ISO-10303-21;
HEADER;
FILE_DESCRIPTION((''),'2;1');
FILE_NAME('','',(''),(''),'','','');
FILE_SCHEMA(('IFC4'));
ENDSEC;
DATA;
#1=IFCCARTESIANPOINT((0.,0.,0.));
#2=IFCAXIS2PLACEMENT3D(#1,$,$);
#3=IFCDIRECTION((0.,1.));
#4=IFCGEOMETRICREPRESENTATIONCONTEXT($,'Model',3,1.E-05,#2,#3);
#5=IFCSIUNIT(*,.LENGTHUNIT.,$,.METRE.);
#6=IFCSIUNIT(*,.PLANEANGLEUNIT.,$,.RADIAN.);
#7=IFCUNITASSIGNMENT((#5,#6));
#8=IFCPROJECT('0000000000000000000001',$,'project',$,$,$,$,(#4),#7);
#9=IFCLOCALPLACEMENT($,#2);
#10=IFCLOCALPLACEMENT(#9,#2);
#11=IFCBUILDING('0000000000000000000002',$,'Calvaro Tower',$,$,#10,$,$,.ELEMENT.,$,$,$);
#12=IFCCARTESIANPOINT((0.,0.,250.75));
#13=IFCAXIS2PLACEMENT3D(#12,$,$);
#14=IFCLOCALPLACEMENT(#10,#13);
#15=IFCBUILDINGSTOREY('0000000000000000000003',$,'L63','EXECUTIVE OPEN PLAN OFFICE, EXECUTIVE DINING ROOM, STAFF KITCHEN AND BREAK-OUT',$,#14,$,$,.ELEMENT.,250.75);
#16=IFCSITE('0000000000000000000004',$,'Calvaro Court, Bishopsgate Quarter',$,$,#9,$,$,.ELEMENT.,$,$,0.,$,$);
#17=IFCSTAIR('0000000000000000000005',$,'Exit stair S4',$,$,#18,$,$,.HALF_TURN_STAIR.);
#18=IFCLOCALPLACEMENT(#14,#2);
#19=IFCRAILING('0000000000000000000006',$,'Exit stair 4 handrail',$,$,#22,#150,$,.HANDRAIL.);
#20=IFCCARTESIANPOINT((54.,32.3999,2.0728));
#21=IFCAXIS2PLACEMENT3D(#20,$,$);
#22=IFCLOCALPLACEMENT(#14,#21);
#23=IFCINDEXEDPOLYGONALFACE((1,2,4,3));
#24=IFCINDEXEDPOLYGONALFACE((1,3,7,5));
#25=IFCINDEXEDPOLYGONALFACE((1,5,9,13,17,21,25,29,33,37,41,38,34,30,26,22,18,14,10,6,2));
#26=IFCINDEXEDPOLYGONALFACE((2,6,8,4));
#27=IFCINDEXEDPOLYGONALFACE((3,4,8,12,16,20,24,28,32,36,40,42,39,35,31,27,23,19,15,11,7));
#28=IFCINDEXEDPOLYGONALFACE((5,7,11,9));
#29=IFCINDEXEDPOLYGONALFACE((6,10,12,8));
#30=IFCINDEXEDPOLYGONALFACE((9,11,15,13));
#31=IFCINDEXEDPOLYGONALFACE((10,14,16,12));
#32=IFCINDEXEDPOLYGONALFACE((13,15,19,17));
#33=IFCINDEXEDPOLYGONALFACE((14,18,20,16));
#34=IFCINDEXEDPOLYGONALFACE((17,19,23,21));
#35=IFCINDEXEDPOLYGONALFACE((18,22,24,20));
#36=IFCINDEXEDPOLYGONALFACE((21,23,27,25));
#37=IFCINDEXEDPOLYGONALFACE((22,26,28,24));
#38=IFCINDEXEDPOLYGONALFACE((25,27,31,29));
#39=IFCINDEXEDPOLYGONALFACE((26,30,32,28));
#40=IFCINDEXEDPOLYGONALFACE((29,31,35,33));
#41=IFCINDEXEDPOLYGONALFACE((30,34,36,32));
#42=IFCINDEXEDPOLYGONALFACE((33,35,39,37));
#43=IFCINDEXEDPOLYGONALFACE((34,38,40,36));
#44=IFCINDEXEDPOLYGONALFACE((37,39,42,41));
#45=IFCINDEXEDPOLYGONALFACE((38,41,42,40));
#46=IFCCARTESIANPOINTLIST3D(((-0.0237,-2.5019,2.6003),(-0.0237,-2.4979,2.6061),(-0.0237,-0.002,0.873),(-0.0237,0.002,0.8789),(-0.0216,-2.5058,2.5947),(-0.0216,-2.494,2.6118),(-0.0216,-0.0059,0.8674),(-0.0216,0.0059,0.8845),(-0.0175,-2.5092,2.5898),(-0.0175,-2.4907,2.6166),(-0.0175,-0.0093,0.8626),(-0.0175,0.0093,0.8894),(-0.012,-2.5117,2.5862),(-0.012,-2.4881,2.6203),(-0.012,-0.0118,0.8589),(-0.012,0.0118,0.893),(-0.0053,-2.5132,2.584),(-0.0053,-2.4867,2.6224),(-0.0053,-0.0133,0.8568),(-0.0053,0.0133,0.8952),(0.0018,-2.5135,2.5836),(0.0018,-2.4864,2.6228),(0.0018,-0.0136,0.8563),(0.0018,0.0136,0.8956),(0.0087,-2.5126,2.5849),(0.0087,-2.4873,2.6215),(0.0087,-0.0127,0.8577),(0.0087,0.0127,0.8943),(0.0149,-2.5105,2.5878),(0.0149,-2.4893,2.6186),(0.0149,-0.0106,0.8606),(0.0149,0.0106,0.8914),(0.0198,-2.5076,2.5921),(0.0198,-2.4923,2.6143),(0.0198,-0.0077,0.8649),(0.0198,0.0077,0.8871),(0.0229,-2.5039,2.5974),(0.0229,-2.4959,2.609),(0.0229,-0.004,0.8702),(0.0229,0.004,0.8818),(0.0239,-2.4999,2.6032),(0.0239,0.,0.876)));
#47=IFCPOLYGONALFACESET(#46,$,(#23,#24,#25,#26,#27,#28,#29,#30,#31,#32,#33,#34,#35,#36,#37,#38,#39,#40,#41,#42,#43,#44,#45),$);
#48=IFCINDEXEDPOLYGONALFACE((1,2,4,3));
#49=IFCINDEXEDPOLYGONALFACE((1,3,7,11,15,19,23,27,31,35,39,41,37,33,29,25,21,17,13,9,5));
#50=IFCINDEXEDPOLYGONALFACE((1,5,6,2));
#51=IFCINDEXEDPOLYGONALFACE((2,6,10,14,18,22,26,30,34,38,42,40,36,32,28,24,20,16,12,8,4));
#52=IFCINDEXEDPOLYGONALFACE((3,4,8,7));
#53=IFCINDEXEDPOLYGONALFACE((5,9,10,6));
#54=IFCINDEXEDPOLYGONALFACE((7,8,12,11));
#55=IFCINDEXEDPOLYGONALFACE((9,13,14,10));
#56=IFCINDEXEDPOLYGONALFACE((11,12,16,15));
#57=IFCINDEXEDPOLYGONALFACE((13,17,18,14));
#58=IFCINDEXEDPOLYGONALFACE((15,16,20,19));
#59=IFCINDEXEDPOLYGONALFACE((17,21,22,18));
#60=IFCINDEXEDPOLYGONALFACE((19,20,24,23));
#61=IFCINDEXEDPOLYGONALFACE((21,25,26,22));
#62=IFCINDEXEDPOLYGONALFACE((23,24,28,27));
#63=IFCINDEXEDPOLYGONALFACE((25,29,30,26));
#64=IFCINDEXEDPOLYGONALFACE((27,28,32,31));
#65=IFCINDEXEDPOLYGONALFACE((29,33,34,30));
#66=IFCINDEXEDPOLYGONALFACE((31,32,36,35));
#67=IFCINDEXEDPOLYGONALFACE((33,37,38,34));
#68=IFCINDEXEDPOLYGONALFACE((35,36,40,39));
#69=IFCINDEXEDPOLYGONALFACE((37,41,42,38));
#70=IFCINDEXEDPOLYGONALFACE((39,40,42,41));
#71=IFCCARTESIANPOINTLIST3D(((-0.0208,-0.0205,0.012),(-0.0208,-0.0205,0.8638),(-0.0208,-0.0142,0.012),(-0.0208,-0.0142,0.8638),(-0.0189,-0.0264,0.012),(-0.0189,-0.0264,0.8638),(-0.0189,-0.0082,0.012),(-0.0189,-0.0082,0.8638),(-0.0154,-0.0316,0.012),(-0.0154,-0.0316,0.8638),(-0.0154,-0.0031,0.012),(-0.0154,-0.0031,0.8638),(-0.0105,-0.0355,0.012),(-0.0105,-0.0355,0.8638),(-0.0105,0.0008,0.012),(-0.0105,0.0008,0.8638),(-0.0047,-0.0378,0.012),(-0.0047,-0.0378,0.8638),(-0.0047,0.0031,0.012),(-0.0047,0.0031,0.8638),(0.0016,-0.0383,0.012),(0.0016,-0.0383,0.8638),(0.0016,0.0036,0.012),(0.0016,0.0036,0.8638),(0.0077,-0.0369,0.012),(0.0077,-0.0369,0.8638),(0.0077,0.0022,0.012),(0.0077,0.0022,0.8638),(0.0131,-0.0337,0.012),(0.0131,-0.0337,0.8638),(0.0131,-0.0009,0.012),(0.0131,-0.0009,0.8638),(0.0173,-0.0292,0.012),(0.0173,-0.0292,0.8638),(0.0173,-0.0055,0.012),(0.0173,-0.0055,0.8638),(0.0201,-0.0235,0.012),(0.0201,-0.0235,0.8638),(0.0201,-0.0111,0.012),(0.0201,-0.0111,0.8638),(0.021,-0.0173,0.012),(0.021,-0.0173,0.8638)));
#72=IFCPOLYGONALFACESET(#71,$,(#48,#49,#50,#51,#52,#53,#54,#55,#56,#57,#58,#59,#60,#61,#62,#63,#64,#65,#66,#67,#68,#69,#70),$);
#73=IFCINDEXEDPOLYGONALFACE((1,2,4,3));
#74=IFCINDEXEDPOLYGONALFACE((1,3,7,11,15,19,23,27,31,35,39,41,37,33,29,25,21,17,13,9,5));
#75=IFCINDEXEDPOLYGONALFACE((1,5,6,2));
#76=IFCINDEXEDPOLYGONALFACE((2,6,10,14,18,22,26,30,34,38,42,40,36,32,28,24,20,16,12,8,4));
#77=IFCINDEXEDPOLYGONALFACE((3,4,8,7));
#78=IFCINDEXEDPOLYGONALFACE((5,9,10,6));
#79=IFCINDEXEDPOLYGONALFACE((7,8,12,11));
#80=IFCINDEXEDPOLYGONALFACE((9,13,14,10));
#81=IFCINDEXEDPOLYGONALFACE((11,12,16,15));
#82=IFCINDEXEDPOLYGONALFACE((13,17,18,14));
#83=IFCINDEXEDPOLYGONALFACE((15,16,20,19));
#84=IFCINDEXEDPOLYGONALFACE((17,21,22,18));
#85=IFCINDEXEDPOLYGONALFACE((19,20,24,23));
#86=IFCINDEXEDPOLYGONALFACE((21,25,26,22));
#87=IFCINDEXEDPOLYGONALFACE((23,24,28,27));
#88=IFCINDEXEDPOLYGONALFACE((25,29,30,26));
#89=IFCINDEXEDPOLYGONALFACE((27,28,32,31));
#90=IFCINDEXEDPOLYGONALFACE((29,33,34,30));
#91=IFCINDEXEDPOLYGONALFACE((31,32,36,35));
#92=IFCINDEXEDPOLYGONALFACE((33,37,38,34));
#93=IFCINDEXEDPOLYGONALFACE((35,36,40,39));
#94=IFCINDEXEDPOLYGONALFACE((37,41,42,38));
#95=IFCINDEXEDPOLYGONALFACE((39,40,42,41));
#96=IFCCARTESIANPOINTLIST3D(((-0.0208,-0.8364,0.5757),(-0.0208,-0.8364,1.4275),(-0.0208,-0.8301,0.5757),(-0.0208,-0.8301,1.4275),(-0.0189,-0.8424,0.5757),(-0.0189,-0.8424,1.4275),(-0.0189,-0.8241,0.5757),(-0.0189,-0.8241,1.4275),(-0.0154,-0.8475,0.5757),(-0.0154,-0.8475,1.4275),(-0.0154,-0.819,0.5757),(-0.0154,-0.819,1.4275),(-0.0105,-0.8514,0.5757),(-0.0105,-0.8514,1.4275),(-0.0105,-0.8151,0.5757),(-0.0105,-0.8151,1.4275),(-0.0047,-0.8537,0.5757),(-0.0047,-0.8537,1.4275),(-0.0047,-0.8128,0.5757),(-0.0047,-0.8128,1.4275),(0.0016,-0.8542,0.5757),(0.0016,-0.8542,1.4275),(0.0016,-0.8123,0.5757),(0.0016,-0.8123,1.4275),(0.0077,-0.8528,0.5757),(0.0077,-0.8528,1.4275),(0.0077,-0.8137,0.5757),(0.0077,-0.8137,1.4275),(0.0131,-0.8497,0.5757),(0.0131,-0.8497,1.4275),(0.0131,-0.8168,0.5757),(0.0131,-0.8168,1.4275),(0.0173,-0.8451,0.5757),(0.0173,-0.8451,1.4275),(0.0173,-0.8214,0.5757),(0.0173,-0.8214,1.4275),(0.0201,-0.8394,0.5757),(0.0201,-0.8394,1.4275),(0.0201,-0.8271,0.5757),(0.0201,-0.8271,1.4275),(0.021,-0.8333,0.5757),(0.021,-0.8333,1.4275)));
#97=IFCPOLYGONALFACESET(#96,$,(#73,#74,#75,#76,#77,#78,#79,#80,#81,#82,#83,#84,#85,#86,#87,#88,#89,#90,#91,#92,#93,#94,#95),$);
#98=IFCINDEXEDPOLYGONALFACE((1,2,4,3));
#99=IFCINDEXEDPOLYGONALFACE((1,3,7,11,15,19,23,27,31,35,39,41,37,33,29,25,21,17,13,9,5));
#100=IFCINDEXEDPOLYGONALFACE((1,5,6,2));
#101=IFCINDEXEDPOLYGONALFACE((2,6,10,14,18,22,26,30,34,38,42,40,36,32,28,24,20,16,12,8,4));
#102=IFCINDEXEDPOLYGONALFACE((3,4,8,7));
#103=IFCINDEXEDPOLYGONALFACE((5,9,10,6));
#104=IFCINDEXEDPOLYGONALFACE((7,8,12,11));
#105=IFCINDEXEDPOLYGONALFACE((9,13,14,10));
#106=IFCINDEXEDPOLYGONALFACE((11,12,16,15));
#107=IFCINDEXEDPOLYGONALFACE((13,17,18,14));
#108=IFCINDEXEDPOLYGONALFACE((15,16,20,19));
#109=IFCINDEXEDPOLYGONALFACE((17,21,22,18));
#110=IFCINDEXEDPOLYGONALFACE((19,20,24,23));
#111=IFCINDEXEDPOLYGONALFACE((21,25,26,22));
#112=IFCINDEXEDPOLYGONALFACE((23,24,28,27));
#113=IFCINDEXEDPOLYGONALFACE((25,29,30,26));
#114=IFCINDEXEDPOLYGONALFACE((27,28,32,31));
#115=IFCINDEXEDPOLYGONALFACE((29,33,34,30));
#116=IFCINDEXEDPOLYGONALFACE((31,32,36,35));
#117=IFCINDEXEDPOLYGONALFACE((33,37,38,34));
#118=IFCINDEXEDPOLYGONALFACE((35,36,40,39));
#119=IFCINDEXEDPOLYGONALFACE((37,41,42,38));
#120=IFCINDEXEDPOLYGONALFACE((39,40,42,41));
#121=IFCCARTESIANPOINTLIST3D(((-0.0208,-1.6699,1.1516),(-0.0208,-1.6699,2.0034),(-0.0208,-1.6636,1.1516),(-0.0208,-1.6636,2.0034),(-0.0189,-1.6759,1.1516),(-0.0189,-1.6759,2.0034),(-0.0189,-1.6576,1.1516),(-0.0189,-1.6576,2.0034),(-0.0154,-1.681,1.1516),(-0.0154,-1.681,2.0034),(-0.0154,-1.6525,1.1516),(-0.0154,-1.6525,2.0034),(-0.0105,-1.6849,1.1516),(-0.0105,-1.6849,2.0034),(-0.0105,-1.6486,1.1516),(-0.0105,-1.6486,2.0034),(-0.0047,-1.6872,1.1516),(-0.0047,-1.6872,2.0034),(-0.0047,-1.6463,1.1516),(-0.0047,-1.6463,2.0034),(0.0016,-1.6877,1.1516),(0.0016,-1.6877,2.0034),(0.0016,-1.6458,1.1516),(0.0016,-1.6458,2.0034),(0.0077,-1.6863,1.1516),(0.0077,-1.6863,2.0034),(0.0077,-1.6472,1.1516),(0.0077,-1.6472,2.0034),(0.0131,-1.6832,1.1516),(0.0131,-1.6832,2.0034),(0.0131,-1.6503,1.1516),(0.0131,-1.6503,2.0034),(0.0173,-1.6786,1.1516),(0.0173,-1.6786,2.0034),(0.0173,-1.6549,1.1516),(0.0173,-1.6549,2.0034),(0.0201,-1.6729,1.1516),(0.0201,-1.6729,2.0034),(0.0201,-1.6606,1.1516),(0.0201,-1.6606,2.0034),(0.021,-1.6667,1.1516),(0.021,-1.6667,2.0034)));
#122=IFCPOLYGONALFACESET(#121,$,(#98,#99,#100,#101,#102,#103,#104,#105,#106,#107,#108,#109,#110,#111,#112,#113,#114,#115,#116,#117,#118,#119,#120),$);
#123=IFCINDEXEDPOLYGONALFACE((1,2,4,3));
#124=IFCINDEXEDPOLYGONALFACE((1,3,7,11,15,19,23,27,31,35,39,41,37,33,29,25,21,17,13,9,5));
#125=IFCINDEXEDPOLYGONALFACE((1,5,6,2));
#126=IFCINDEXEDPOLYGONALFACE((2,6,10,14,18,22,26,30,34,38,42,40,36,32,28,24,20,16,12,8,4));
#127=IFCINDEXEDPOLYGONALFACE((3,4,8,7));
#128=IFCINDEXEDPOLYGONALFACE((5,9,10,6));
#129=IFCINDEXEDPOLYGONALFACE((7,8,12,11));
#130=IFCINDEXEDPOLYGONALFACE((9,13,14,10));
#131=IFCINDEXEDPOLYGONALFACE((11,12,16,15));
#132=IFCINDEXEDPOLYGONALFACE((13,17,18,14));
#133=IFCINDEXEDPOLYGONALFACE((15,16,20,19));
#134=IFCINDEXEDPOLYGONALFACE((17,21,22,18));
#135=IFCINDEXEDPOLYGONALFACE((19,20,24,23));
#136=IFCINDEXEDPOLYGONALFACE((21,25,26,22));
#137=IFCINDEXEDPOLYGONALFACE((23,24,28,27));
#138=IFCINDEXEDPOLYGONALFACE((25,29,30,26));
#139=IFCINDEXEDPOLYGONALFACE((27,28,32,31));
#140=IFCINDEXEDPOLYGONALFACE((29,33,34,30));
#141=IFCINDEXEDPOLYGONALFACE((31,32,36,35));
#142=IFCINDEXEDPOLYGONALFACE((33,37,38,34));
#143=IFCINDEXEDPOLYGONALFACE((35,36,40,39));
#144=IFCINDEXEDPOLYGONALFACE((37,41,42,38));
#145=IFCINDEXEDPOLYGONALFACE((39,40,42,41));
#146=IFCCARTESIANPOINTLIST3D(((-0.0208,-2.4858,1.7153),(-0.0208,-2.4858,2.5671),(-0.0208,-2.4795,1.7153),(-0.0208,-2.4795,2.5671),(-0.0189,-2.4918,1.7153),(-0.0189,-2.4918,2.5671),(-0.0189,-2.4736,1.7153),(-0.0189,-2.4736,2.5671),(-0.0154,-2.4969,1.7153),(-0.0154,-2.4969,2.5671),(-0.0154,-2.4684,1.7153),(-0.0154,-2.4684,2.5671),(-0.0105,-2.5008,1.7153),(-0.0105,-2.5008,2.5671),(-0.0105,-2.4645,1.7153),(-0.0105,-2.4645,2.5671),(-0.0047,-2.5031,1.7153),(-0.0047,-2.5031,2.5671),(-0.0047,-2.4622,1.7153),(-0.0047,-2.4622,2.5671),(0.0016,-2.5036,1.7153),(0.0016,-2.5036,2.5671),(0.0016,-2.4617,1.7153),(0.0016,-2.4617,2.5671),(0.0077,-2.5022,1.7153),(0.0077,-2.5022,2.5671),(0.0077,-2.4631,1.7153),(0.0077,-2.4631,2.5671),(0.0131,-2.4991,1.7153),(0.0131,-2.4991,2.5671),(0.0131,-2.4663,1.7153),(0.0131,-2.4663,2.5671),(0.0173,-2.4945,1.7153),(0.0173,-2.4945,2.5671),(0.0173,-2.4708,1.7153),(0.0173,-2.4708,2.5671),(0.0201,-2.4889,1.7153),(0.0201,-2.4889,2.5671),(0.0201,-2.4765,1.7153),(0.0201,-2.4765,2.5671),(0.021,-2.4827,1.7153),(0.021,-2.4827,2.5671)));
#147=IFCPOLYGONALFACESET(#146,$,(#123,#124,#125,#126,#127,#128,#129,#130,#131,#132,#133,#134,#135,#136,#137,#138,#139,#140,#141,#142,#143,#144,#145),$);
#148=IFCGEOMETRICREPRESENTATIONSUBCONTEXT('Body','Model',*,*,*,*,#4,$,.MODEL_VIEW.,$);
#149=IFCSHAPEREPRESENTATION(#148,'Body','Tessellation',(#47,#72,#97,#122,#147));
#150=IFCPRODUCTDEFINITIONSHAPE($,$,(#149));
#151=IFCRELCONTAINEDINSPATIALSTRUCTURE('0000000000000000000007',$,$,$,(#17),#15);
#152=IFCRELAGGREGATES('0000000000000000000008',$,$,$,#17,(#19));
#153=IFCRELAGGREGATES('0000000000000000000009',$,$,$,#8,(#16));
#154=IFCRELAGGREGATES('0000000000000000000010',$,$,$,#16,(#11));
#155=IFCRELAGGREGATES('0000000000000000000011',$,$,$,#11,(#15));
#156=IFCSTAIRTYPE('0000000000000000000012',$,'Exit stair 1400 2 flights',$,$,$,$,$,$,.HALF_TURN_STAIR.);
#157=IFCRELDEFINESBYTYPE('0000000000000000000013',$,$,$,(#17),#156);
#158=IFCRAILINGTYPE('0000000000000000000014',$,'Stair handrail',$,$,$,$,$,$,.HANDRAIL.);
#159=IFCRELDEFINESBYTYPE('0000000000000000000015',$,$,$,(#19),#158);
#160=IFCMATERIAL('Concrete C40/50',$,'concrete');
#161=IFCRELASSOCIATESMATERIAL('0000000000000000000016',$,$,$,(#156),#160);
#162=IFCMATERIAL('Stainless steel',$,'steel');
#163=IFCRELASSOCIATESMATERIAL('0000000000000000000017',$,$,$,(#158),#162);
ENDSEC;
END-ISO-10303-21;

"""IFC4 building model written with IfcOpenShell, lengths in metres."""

from ifc_helpers import new_model, si_unit, direction, frame, origin, origin_2d, place, context, subcontext, project, spatial, circle, extrude, material, type_object, element, aggregate, save


model = new_model("IFC4")

# Units and contexts
model_context = context("Model", 3, precision=1e-05, world=origin(), true_north=direction((0.0, 1.0)))
body_context = subcontext(model_context, "Body", "Model", "MODEL_VIEW")
ifc_project = project(units=[si_unit("LENGTHUNIT", "METRE"), si_unit("PLANEANGLEUNIT", "RADIAN")], contexts=[model_context])

# Site, building, storey
site_placement = place(None, origin())
site = spatial("IfcSite", under=ifc_project, at=site_placement, Name="Calvaro Court, Bishopsgate Quarter", CompositionType="ELEMENT", RefElevation=0.0)
building_placement = place(site_placement, origin())
building = spatial("IfcBuilding", under=site, at=building_placement, Name="Calvaro Tower", CompositionType="ELEMENT")
storey_placement = place(building_placement, frame((0.0, 0.0, 250.75)))
storey = spatial("IfcBuildingStorey", under=building, at=storey_placement, Name="L63", Description="EXECUTIVE OPEN PLAN OFFICE, EXECUTIVE DINING ROOM, STAFF KITCHEN AND BREAK-OUT", CompositionType="ELEMENT", Elevation=250.75)

# Stair, railing
ifc_material_1 = material(Name="Concrete C40/50", Category="concrete")
stair_type = type_object("IfcStairType", Name="Exit stair 1400 2 flights", PredefinedType="HALF_TURN_STAIR", material=ifc_material_1)
stair_placement = place(storey_placement, origin())
stair = element("IfcStair", 1, at=stair_placement, inside=storey, type_object=stair_type, Name="Exit stair S4", PredefinedType="HALF_TURN_STAIR")
ifc_material_2 = material(Name="Stainless steel", Category="steel")
railing_type = type_object("IfcRailingType", Name="Stair handrail", PredefinedType="HANDRAIL", material=ifc_material_2)
railing_placement = place(storey_placement, frame((54.0, 32.3999, 2.0728)))
railing = element("IfcRailing", 2, at=railing_placement, type_object=railing_type, Name="Exit stair 4 handrail", PredefinedType="HANDRAIL", context=body_context, shape_type="SweptSolid", body=[
    extrude(circle(Radius=0.0239, at=origin_2d()), frame((0.0, 0.0, 0.876), z_axis=(0.0, -0.822727, 0.568437), x_axis=(1.0, 0.0, 0.0)), (0.0, 0.0, 1.0), 3.0386),
    extrude(circle(Radius=0.021, at=origin_2d()), frame((0.0, -0.0173, 0.012)), (0.0, 0.0, 1.0), 0.8518),
    extrude(circle(Radius=0.021, at=origin_2d()), frame((0.0, -0.8333, 0.5757)), (0.0, 0.0, 1.0), 0.8518),
    extrude(circle(Radius=0.021, at=origin_2d()), frame((0.0, -1.6667, 1.1516)), (0.0, 0.0, 1.0), 0.8518),
    extrude(circle(Radius=0.021, at=origin_2d()), frame((0.0, -2.4827, 1.7153)), (0.0, 0.0, 1.0), 0.8518),
])
aggregate(stair, [railing])

save(model, "model.ifc")
